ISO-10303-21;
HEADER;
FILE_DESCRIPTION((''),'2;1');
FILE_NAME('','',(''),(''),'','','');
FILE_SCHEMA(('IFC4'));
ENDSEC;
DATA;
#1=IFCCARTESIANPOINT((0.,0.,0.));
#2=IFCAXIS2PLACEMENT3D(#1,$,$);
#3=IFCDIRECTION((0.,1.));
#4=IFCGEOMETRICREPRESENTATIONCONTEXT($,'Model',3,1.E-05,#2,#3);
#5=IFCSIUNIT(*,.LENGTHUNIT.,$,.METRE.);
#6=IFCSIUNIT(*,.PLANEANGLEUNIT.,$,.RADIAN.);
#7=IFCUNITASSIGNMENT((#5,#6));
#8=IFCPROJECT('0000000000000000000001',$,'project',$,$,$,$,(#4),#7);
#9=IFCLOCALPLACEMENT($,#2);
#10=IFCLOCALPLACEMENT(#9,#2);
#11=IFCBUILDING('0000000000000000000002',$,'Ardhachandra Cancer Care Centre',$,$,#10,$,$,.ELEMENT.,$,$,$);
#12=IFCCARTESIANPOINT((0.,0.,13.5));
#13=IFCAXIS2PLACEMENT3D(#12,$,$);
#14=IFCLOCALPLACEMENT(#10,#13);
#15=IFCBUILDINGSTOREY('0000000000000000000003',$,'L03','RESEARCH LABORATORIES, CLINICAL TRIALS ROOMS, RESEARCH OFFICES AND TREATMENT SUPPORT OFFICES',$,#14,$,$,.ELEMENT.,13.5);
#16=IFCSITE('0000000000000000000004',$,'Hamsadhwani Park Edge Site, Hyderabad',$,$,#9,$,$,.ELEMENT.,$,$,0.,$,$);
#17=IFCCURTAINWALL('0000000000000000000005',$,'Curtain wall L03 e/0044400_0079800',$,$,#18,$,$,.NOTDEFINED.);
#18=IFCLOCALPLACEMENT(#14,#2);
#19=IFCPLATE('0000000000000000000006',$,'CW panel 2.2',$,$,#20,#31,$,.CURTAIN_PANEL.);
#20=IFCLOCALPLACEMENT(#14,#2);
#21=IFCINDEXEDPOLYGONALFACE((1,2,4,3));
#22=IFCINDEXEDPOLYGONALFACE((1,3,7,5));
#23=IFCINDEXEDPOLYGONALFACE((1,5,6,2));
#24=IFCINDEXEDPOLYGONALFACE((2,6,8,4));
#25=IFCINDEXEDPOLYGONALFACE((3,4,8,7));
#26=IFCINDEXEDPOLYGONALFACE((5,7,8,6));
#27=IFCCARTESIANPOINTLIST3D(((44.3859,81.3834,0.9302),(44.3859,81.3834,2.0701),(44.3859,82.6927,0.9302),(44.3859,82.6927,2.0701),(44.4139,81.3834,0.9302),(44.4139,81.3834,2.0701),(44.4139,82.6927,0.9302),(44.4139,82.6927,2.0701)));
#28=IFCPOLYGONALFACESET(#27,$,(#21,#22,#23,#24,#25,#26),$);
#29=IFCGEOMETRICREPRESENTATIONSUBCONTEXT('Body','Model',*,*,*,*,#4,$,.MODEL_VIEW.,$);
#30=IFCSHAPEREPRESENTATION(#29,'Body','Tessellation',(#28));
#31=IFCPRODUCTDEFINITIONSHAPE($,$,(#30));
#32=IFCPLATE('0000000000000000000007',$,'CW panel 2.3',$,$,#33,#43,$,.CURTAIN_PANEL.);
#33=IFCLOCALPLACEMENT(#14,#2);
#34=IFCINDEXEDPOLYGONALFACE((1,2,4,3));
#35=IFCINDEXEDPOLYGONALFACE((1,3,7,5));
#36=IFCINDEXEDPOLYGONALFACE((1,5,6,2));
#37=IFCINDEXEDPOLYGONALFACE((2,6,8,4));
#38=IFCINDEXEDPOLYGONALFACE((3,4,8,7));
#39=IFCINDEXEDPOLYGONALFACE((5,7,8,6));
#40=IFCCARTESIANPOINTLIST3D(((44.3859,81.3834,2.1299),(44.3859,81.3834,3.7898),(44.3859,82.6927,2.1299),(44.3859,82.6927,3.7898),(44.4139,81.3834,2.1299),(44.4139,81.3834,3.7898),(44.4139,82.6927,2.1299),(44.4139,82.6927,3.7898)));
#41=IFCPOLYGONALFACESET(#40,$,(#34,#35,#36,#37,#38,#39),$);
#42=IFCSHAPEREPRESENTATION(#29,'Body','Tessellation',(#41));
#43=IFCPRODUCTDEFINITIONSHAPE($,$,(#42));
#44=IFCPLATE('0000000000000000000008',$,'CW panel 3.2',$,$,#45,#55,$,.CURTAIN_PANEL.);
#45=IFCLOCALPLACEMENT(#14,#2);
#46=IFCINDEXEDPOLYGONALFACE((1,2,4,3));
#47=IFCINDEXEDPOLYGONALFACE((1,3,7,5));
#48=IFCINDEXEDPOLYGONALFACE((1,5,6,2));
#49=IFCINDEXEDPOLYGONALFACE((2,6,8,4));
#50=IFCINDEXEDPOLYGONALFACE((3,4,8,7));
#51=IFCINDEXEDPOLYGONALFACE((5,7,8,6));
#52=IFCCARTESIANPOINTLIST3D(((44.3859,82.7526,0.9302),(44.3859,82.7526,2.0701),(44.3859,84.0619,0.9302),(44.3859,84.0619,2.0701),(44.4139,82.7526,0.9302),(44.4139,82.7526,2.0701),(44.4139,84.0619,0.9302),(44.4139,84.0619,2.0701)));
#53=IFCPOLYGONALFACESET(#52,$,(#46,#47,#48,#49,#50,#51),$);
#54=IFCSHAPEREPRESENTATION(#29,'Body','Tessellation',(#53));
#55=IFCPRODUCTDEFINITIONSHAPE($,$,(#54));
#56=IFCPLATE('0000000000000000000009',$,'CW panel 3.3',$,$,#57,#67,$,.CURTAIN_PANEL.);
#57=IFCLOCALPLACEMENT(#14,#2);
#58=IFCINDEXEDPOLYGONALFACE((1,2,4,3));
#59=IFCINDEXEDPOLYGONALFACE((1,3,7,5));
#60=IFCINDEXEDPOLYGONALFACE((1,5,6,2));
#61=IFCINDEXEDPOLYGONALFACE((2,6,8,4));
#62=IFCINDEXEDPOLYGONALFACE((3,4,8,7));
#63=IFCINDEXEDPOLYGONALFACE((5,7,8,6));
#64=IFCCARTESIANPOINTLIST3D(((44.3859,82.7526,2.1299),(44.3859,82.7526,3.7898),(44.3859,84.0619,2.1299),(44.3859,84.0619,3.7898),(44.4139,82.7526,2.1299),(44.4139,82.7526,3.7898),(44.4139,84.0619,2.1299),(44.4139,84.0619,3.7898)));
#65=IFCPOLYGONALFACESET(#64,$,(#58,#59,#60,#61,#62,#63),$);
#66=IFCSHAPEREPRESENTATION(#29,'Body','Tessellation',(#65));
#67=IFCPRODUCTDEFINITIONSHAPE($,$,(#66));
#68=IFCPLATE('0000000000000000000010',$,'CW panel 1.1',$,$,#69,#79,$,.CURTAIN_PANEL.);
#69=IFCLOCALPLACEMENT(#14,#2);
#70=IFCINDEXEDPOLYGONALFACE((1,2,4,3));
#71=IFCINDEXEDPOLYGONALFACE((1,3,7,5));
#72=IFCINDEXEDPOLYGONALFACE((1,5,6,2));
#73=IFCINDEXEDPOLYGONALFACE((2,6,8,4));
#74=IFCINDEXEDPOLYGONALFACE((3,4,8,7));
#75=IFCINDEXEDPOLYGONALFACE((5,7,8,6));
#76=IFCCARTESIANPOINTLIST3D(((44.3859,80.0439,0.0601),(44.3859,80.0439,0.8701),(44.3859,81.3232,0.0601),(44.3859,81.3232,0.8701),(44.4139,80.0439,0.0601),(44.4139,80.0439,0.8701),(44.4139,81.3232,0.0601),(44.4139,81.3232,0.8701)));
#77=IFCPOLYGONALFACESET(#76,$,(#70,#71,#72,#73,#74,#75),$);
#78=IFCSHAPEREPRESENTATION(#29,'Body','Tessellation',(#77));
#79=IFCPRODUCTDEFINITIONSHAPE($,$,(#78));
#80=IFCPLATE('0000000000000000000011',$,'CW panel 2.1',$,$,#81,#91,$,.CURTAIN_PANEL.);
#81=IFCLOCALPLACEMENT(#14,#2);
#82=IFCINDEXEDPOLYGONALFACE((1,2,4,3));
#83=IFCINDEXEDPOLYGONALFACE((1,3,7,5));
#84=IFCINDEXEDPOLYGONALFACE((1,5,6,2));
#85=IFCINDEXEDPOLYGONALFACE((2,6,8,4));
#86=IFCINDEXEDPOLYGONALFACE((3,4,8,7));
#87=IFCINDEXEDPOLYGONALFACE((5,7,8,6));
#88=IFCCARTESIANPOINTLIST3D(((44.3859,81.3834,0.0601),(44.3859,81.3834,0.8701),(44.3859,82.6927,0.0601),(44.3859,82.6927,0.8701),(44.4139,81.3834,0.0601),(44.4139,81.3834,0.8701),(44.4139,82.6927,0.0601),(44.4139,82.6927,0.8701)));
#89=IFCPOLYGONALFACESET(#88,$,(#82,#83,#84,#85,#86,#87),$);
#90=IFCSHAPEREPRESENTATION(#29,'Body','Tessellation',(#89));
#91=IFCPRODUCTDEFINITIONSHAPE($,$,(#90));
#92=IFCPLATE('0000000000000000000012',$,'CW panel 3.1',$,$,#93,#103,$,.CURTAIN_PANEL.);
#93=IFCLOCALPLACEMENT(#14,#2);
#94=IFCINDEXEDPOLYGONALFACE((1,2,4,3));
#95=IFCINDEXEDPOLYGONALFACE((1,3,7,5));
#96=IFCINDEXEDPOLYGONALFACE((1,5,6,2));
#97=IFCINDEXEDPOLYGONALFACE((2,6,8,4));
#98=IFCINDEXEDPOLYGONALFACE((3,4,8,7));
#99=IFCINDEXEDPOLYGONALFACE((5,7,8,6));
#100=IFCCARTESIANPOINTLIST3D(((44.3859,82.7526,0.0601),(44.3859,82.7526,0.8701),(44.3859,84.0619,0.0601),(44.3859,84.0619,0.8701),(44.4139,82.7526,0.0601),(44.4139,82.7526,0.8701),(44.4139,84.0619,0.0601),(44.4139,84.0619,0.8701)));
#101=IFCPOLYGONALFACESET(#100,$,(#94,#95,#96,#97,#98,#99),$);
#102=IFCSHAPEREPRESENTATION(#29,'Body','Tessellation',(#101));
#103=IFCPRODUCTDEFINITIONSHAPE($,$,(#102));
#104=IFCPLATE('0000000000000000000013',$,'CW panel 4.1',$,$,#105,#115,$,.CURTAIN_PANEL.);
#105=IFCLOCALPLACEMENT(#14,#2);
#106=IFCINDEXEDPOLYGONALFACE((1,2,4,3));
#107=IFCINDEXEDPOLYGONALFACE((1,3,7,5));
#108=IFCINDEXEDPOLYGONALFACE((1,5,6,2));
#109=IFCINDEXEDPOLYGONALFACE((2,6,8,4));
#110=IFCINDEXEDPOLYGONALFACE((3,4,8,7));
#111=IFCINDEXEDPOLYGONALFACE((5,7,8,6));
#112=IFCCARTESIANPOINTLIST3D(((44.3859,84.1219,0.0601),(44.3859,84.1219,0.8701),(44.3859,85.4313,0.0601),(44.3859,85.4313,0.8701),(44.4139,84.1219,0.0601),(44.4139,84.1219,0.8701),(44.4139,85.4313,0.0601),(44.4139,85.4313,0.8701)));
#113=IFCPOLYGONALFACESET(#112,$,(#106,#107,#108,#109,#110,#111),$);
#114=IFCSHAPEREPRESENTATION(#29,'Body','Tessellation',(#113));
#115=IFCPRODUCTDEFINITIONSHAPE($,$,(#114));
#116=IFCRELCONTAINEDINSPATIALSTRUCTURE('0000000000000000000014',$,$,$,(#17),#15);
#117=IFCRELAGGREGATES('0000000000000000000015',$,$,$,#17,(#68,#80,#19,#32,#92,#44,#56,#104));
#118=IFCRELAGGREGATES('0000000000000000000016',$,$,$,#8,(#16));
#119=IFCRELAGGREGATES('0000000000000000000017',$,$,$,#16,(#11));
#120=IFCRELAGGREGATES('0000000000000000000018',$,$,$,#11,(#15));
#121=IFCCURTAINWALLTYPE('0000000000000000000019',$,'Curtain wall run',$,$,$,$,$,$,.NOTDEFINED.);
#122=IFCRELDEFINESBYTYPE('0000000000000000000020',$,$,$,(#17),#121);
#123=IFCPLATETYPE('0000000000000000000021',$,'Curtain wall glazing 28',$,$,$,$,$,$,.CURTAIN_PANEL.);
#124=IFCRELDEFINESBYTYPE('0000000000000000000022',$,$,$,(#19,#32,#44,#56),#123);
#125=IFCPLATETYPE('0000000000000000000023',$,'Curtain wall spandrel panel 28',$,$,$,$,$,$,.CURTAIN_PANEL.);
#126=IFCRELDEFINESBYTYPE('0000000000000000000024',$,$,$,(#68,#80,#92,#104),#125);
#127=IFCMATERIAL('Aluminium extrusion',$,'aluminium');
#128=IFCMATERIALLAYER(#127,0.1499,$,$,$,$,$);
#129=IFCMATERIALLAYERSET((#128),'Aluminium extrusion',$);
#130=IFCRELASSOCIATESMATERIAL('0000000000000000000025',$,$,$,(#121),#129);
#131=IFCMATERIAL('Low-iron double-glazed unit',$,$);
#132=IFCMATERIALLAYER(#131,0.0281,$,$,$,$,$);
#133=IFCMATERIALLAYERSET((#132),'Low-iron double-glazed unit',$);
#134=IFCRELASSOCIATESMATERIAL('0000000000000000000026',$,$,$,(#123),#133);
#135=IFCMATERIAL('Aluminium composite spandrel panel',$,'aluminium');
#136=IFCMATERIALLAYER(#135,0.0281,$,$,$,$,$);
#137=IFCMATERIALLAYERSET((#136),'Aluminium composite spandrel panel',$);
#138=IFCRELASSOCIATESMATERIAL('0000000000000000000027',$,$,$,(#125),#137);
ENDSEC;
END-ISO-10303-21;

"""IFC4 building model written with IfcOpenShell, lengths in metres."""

from ifc_helpers import new_model, si_unit, direction, frame, origin, origin_2d, place, context, subcontext, project, spatial, rectangle, extrude, material, layer, layer_set, type_object, element, aggregate, save


model = new_model("IFC4")

# Units and contexts
model_context = context("Model", 3, precision=1e-05, world=origin(), true_north=direction((0.0, 1.0)))
body_context = subcontext(model_context, "Body", "Model", "MODEL_VIEW")
ifc_project = project(units=[si_unit("LENGTHUNIT", "METRE"), si_unit("PLANEANGLEUNIT", "RADIAN")], contexts=[model_context])

# Site, building, storey
site_placement = place(None, origin())
site = spatial("IfcSite", under=ifc_project, at=site_placement, Name="Hamsadhwani Park Edge Site, Hyderabad", CompositionType="ELEMENT", RefElevation=0.0)
building_placement = place(site_placement, origin())
building = spatial("IfcBuilding", under=site, at=building_placement, Name="Ardhachandra Cancer Care Centre", CompositionType="ELEMENT")
storey_placement = place(building_placement, frame((0.0, 0.0, 13.5)))
storey = spatial("IfcBuildingStorey", under=building, at=storey_placement, Name="L03", Description="RESEARCH LABORATORIES, CLINICAL TRIALS ROOMS, RESEARCH OFFICES AND TREATMENT SUPPORT OFFICES", CompositionType="ELEMENT", Elevation=13.5)

# Curtain wall, plates
ifc_material_1 = material(Name="Aluminium extrusion", Category="aluminium")
ifc_layer_1 = layer(ifc_material_1, 0.1499)
ifc_layer_set_1 = layer_set([ifc_layer_1], Name="Aluminium extrusion")
curtain_wall_type = type_object("IfcCurtainWallType", Name="Curtain wall run", PredefinedType="NOTDEFINED", material=ifc_layer_set_1)
curtain_wall_placement = place(storey_placement, origin())
curtain_wall = element("IfcCurtainWall", 1, at=curtain_wall_placement, inside=storey, type_object=curtain_wall_type, Name="Curtain wall L03 e/0044400_0079800", PredefinedType="NOTDEFINED")
ifc_material_2 = material(Name="Low-iron double-glazed unit")
ifc_layer_2 = layer(ifc_material_2, 0.0281)
ifc_layer_set_2 = layer_set([ifc_layer_2], Name="Low-iron double-glazed unit")
plate_type_1 = type_object("IfcPlateType", Name="Curtain wall glazing 28", PredefinedType="CURTAIN_PANEL", material=ifc_layer_set_2)
plate_1_placement = place(storey_placement, frame((44.3999, 82.0381, 0.9302), z_axis=(0.0, 0.0, 1.0), x_axis=(0.0, 1.0, 0.0)))
plate_1 = element("IfcPlate", 2, at=plate_1_placement, type_object=plate_type_1, Name="CW panel 2.2", PredefinedType="CURTAIN_PANEL", context=body_context, shape_type="SweptSolid", body=[
    extrude(rectangle(XDim=1.3093, YDim=0.0281, at=origin_2d()), origin(), (0.0, 0.0, 1.0), 1.1399),
])
plate_2_placement = place(storey_placement, frame((44.3999, 82.0381, 2.1299), z_axis=(0.0, 0.0, 1.0), x_axis=(0.0, 1.0, 0.0)))
plate_2 = element("IfcPlate", 3, at=plate_2_placement, type_object=plate_type_1, Name="CW panel 2.3", PredefinedType="CURTAIN_PANEL", context=body_context, shape_type="SweptSolid", body=[
    extrude(rectangle(XDim=1.3093, YDim=0.0281, at=origin_2d()), origin(), (0.0, 0.0, 1.0), 1.6599),
])
plate_3_placement = place(storey_placement, frame((44.3999, 83.4072, 0.9302), z_axis=(0.0, 0.0, 1.0), x_axis=(0.0, 1.0, 0.0)))
plate_3 = element("IfcPlate", 4, at=plate_3_placement, type_object=plate_type_1, Name="CW panel 3.2", PredefinedType="CURTAIN_PANEL", context=body_context, shape_type="SweptSolid", body=[
    extrude(rectangle(XDim=1.3093, YDim=0.0281, at=origin_2d()), origin(), (0.0, 0.0, 1.0), 1.1399),
])
plate_4_placement = place(storey_placement, frame((44.3999, 83.4072, 2.1299), z_axis=(0.0, 0.0, 1.0), x_axis=(0.0, 1.0, 0.0)))
plate_4 = element("IfcPlate", 5, at=plate_4_placement, type_object=plate_type_1, Name="CW panel 3.3", PredefinedType="CURTAIN_PANEL", context=body_context, shape_type="SweptSolid", body=[
    extrude(rectangle(XDim=1.3093, YDim=0.0281, at=origin_2d()), origin(), (0.0, 0.0, 1.0), 1.6599),
])
ifc_material_3 = material(Name="Aluminium composite spandrel panel", Category="aluminium")
ifc_layer_3 = layer(ifc_material_3, 0.0281)
ifc_layer_set_3 = layer_set([ifc_layer_3], Name="Aluminium composite spandrel panel")
plate_type_2 = type_object("IfcPlateType", Name="Curtain wall spandrel panel 28", PredefinedType="CURTAIN_PANEL", material=ifc_layer_set_3)
plate_5_placement = place(storey_placement, frame((44.3999, 80.6836, 0.0601), z_axis=(0.0, 0.0, 1.0), x_axis=(0.0, 1.0, 0.0)))
plate_5 = element("IfcPlate", 6, at=plate_5_placement, type_object=plate_type_2, Name="CW panel 1.1", PredefinedType="CURTAIN_PANEL", context=body_context, shape_type="SweptSolid", body=[
    extrude(rectangle(XDim=1.2793, YDim=0.0281, at=origin_2d()), origin(), (0.0, 0.0, 1.0), 0.8101),
])
plate_6_placement = place(storey_placement, frame((44.3999, 82.0381, 0.0601), z_axis=(0.0, 0.0, 1.0), x_axis=(0.0, 1.0, 0.0)))
plate_6 = element("IfcPlate", 7, at=plate_6_placement, type_object=plate_type_2, Name="CW panel 2.1", PredefinedType="CURTAIN_PANEL", context=body_context, shape_type="SweptSolid", body=[
    extrude(rectangle(XDim=1.3093, YDim=0.0281, at=origin_2d()), origin(), (0.0, 0.0, 1.0), 0.8101),
])
plate_7_placement = place(storey_placement, frame((44.3999, 83.4072, 0.0601), z_axis=(0.0, 0.0, 1.0), x_axis=(0.0, 1.0, 0.0)))
plate_7 = element("IfcPlate", 8, at=plate_7_placement, type_object=plate_type_2, Name="CW panel 3.1", PredefinedType="CURTAIN_PANEL", context=body_context, shape_type="SweptSolid", body=[
    extrude(rectangle(XDim=1.3093, YDim=0.0281, at=origin_2d()), origin(), (0.0, 0.0, 1.0), 0.8101),
])
plate_8_placement = place(storey_placement, frame((44.3999, 84.7766, 0.0601), z_axis=(0.0, 0.0, 1.0), x_axis=(0.0, 1.0, 0.0)))
plate_8 = element("IfcPlate", 9, at=plate_8_placement, type_object=plate_type_2, Name="CW panel 4.1", PredefinedType="CURTAIN_PANEL", context=body_context, shape_type="SweptSolid", body=[
    extrude(rectangle(XDim=1.3093, YDim=0.0281, at=origin_2d()), origin(), (0.0, 0.0, 1.0), 0.8101),
])
aggregate(curtain_wall, [plate_5, plate_6, plate_1, plate_2, plate_7, plate_3, plate_4, plate_8])

save(model, "model.ifc")
